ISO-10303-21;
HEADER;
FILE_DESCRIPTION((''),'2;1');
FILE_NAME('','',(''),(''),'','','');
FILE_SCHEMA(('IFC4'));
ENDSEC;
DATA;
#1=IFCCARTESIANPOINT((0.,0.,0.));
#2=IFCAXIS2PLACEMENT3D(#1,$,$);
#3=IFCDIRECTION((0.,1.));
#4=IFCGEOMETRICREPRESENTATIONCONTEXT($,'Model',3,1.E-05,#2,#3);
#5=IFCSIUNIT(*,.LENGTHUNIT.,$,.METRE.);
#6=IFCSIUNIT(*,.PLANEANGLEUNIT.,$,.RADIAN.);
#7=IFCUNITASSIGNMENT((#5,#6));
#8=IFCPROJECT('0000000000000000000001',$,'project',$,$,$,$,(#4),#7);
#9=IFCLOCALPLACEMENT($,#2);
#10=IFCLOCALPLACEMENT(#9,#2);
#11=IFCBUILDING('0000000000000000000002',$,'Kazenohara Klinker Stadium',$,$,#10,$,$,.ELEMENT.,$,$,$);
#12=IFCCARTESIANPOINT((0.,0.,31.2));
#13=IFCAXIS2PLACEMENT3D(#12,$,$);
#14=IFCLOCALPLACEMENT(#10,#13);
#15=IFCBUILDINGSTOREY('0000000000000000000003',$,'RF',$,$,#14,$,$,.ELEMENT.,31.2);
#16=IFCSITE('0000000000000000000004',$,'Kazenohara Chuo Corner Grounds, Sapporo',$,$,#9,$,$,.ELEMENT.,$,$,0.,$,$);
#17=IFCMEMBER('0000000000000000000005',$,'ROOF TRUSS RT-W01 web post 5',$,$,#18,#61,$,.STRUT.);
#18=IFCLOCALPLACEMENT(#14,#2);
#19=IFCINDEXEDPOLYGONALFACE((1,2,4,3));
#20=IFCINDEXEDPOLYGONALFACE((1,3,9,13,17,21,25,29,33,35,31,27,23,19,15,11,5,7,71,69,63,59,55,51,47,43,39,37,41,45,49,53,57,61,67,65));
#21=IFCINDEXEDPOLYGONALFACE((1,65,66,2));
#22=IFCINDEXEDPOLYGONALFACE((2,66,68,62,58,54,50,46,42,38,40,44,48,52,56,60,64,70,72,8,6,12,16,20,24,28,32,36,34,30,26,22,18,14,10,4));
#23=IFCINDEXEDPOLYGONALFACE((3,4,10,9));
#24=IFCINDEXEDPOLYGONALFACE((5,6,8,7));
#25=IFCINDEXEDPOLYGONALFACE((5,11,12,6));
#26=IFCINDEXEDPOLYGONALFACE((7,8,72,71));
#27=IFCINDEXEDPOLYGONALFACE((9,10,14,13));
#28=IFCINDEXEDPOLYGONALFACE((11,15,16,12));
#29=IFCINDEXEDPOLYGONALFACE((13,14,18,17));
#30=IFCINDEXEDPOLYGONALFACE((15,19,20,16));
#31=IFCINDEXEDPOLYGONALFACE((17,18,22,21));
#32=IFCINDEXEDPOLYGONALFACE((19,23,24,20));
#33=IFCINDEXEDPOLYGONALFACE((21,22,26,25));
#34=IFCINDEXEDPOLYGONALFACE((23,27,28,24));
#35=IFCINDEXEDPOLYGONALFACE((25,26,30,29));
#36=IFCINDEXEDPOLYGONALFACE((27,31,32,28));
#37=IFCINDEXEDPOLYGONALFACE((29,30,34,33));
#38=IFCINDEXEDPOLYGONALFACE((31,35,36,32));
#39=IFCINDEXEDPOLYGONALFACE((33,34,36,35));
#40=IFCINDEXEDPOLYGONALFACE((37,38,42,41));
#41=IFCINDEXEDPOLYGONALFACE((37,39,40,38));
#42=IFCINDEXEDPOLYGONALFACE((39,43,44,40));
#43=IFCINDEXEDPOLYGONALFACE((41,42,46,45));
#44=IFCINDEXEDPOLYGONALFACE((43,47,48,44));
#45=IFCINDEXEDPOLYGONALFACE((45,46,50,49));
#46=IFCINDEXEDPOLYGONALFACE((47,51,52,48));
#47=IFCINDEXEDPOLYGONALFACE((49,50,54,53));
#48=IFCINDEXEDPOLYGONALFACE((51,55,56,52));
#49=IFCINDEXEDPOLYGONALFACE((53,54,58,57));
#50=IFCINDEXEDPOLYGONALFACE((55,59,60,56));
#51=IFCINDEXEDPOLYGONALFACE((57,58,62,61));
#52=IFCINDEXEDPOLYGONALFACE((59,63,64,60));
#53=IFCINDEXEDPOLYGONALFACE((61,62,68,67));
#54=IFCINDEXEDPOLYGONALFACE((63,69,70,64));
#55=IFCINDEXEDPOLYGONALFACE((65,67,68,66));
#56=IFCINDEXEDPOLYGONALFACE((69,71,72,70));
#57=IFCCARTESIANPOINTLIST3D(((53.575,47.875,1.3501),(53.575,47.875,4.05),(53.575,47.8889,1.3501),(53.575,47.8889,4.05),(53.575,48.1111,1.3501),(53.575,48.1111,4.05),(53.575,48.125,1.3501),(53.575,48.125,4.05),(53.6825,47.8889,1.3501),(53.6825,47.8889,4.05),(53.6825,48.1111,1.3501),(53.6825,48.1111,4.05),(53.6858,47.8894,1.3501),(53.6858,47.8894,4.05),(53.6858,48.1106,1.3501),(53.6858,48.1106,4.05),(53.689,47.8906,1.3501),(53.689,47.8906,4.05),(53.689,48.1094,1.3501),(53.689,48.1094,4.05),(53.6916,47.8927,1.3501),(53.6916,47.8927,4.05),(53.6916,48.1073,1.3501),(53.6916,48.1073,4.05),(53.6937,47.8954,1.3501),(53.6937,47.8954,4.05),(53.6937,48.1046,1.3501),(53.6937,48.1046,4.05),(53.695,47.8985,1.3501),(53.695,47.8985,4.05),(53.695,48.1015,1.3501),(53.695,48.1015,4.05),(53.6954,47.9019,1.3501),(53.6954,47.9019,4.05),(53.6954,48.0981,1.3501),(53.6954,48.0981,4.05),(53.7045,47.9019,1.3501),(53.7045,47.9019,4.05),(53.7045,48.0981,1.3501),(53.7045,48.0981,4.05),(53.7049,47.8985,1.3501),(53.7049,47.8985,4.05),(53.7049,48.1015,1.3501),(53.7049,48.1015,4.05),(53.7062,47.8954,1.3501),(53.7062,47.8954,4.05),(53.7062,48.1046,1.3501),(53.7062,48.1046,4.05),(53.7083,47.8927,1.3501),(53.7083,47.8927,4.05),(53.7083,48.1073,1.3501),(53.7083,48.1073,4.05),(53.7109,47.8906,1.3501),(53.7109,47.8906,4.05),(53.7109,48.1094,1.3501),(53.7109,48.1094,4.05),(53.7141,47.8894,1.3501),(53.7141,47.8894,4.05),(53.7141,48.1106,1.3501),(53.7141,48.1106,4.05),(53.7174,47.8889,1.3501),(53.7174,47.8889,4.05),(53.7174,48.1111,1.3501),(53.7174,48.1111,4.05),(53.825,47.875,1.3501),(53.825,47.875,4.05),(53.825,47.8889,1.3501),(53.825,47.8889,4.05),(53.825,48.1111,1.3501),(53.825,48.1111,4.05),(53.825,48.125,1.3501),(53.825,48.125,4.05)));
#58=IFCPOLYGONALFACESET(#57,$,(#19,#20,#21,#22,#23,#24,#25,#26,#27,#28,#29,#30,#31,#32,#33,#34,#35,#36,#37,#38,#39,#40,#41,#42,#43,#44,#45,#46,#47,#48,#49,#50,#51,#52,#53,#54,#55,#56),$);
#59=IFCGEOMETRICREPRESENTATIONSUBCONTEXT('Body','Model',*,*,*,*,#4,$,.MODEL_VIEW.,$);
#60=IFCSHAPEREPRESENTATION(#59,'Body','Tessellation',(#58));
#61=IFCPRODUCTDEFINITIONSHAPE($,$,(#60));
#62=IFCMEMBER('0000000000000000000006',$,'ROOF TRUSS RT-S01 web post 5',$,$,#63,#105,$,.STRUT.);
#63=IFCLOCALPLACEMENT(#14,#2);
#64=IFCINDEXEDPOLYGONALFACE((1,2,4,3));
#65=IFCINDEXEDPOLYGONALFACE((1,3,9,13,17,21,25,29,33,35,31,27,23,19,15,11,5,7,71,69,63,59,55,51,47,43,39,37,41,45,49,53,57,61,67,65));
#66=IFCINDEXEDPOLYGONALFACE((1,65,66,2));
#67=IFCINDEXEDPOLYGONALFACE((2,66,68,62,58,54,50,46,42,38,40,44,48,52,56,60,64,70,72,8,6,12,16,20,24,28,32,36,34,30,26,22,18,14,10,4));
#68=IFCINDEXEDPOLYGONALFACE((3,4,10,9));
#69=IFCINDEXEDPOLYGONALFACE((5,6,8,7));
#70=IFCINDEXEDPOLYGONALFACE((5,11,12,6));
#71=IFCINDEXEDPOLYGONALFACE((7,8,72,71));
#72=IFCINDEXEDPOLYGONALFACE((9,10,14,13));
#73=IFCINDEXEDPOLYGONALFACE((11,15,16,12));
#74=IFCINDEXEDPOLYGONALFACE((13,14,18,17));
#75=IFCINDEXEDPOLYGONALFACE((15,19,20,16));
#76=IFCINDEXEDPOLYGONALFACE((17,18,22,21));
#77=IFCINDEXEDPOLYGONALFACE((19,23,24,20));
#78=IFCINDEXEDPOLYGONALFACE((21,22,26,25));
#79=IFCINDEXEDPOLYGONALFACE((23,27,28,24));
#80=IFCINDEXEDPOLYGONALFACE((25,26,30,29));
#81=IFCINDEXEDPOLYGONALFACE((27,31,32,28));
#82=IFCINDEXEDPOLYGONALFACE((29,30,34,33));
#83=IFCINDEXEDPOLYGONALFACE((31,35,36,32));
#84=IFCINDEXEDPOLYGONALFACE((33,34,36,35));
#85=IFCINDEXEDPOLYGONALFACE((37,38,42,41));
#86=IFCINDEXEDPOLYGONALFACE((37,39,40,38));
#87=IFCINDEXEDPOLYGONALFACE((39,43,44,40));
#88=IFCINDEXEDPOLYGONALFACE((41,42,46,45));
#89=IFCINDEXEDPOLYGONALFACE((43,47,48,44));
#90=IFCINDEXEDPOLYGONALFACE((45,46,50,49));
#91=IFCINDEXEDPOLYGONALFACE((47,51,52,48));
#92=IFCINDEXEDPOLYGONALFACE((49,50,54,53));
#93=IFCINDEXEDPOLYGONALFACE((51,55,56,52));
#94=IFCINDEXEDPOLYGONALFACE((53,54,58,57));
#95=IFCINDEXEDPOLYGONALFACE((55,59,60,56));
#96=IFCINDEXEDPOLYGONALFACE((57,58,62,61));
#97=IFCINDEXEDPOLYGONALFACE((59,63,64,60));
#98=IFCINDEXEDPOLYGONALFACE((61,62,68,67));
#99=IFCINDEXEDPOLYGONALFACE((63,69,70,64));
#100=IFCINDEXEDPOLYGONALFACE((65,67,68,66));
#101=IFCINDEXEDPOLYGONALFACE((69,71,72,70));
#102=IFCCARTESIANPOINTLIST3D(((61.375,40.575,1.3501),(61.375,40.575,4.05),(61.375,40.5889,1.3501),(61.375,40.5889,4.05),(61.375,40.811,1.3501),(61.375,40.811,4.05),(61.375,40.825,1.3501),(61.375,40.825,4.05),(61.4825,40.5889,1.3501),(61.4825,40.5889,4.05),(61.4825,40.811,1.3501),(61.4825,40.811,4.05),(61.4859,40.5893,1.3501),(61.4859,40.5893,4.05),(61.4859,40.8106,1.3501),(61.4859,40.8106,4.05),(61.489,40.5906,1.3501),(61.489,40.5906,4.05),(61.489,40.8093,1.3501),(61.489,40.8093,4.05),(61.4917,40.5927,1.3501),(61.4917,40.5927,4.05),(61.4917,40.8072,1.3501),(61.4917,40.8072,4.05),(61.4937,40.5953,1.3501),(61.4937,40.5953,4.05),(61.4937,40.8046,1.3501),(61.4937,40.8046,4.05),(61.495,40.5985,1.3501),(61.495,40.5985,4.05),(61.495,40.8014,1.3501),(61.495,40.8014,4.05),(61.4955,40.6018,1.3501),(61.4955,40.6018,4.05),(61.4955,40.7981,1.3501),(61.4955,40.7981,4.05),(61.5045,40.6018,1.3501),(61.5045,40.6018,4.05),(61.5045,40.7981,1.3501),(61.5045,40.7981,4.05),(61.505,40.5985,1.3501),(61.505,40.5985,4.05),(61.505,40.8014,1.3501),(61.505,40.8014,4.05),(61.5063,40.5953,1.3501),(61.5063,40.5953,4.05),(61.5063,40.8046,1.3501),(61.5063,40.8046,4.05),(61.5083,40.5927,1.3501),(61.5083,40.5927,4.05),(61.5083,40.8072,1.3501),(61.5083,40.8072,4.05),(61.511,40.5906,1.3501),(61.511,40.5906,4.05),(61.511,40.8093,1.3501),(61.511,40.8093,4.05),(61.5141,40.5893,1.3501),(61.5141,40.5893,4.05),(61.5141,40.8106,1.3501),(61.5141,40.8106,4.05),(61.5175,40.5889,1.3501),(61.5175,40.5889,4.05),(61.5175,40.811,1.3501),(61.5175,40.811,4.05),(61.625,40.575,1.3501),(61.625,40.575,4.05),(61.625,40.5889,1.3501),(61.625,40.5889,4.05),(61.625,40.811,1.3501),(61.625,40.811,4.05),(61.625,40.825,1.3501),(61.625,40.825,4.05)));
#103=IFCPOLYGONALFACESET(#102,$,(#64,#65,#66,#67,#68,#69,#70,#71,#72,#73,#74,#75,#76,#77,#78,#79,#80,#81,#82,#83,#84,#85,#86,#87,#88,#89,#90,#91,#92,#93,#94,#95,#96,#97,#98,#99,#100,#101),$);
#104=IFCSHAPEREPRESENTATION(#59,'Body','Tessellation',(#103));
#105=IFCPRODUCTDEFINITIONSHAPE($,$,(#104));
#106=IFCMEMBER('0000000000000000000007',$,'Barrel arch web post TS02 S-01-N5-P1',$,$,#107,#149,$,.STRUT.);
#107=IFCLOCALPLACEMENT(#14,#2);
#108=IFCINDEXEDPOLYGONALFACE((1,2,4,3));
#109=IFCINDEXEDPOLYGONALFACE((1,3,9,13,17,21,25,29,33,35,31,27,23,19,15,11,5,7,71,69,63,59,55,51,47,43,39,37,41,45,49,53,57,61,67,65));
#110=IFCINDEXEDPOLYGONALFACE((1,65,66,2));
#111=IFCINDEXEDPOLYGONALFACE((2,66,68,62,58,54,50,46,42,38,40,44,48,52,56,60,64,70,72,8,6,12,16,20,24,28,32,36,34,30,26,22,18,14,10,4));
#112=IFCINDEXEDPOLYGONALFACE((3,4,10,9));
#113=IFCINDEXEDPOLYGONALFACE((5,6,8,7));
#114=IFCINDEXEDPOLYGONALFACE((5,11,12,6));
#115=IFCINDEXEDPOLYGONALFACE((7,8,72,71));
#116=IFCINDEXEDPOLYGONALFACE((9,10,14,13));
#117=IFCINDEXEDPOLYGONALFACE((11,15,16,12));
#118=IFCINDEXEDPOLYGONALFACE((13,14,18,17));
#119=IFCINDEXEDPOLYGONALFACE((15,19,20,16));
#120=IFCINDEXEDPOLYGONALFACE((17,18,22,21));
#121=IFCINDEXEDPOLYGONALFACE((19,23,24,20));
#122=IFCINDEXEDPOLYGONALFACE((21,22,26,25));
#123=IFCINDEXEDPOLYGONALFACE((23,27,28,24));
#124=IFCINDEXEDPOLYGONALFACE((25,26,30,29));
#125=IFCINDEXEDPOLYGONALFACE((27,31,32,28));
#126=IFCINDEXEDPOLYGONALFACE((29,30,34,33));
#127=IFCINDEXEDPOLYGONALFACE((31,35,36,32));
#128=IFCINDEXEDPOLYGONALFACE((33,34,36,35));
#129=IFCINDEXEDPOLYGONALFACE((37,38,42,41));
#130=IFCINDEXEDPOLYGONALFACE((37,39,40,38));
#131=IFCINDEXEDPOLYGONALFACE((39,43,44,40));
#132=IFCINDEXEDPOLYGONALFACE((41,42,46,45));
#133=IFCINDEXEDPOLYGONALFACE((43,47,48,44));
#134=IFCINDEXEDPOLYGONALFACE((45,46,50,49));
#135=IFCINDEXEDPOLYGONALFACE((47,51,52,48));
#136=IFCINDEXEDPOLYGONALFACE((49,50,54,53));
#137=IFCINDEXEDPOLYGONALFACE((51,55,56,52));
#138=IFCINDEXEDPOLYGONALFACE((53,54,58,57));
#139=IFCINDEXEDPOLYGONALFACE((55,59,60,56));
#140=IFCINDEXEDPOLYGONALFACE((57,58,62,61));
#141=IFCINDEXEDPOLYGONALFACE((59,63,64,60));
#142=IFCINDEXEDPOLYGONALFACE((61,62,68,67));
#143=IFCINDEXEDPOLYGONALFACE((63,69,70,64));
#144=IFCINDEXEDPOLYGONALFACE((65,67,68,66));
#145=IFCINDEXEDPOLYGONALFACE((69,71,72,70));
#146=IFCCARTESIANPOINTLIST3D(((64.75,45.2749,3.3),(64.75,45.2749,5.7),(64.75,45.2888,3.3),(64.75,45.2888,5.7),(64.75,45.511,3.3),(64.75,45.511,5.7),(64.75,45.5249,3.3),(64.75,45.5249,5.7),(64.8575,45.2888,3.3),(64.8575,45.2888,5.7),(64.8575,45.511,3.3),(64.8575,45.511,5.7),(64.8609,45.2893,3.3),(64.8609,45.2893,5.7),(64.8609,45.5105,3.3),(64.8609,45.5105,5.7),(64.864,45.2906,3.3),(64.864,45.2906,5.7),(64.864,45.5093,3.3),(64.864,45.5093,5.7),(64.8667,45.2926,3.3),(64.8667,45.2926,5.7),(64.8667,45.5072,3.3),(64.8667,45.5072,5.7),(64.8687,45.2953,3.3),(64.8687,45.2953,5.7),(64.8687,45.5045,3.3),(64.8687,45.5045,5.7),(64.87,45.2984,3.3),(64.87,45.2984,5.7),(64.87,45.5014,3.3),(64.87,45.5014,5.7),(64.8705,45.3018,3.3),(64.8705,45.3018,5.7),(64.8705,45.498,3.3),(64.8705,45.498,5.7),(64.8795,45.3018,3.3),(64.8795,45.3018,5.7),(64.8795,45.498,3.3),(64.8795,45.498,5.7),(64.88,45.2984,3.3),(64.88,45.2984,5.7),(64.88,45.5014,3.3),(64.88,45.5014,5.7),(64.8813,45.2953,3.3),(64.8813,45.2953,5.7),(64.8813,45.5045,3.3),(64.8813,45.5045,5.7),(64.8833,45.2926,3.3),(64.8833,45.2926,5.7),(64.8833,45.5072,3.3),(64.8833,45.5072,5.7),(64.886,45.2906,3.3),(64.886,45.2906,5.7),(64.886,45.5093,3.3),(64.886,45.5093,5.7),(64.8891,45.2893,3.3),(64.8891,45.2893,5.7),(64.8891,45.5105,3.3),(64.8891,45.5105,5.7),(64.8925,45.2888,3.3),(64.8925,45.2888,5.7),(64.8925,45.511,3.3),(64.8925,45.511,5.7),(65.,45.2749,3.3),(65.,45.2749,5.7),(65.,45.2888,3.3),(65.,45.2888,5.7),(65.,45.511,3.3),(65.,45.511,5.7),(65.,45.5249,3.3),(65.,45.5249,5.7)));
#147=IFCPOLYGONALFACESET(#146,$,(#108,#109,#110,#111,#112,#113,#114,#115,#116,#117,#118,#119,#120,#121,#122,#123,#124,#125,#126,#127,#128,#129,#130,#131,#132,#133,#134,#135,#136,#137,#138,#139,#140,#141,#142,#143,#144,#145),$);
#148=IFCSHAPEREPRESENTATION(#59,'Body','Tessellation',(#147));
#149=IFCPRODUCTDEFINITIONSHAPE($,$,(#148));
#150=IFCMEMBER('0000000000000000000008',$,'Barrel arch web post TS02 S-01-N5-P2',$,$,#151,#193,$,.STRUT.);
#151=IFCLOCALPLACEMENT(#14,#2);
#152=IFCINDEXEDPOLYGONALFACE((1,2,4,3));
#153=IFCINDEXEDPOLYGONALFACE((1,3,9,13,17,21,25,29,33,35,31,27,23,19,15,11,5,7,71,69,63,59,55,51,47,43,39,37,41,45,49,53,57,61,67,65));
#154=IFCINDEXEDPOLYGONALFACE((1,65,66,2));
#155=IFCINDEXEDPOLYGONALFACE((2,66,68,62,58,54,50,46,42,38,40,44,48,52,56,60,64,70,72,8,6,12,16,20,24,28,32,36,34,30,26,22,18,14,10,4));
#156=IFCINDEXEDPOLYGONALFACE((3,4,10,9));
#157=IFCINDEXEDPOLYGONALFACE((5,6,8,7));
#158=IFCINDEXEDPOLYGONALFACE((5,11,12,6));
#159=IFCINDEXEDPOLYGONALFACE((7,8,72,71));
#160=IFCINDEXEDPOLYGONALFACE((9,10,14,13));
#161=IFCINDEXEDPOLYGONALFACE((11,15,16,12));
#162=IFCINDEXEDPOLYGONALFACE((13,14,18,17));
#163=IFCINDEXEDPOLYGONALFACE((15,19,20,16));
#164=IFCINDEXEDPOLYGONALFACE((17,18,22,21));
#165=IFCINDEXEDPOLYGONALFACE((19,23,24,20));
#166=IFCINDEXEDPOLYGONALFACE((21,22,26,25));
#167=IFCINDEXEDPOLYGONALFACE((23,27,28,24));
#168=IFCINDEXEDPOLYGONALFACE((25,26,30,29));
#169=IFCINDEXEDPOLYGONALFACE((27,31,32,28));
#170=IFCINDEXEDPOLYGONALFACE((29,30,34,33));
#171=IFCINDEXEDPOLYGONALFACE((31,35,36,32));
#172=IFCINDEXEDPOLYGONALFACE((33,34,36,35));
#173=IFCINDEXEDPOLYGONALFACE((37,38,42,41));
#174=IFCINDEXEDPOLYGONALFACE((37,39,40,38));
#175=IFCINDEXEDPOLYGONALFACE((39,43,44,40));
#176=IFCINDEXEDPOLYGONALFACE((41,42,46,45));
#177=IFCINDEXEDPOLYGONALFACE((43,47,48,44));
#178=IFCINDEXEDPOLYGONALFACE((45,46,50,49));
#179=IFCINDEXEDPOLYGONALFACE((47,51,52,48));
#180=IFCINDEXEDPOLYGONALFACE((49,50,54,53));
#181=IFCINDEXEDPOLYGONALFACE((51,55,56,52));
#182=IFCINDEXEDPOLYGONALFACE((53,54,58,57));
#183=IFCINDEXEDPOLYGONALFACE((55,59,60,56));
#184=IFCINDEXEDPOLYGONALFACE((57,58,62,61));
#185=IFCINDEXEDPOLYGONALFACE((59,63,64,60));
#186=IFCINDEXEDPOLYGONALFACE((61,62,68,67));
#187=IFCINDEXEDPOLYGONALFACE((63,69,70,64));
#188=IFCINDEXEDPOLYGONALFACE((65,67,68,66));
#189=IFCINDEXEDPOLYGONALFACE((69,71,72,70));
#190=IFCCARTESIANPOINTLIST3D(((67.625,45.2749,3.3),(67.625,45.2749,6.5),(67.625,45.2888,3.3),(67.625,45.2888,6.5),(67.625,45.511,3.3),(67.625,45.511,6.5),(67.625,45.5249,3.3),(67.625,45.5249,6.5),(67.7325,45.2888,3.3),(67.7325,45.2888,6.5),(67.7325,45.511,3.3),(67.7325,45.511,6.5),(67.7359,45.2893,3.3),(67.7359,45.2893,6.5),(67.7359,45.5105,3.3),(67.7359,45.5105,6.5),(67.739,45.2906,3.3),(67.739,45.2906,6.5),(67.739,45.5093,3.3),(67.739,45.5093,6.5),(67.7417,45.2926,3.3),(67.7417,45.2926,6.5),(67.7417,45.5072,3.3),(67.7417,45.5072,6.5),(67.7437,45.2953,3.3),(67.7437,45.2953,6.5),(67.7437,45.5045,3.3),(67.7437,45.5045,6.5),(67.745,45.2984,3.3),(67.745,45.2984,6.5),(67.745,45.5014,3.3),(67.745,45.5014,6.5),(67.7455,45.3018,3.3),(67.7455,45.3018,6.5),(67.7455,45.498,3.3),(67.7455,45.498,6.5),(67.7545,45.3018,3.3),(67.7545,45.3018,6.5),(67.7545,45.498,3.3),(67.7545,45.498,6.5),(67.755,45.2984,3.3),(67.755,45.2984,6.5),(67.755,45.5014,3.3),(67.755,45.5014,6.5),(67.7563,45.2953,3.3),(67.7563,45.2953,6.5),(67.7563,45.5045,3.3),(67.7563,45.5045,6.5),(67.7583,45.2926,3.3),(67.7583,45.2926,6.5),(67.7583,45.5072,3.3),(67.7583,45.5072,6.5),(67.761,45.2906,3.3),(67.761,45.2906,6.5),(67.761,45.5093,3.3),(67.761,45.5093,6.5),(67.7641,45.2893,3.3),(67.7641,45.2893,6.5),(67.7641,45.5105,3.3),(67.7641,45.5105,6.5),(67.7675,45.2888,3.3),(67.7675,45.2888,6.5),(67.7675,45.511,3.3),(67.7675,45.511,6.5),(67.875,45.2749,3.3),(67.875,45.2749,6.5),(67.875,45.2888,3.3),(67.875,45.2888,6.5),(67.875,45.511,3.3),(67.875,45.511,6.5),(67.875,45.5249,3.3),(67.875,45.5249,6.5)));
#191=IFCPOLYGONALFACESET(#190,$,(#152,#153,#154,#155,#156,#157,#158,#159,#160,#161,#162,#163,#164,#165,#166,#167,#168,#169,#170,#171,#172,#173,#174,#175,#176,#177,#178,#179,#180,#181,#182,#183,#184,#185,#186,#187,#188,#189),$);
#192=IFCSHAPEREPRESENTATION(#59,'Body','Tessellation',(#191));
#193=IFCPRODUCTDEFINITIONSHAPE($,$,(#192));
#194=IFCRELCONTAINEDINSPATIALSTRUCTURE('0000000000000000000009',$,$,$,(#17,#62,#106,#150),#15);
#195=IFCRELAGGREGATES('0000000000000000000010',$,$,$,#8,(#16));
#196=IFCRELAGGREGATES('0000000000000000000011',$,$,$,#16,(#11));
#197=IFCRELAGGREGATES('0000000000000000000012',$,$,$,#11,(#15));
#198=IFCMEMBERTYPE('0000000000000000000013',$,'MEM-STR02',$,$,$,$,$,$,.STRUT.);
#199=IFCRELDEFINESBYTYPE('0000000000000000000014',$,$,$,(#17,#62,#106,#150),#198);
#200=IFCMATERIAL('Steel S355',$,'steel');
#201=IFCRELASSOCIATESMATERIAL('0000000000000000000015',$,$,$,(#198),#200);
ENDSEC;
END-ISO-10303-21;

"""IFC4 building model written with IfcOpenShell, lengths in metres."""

from ifc_helpers import new_model, si_unit, direction, frame, origin, origin_2d, place, context, subcontext, project, spatial, i_section, extrude, material, material_profile, profile_set, type_object, element, save


model = new_model("IFC4")

# Units and contexts
model_context = context("Model", 3, precision=1e-05, world=origin(), true_north=direction((0.0, 1.0)))
body_context = subcontext(model_context, "Body", "Model", "MODEL_VIEW")
ifc_project = project(units=[si_unit("LENGTHUNIT", "METRE"), si_unit("PLANEANGLEUNIT", "RADIAN")], contexts=[model_context])

# Site, building, storey
site_placement = place(None, origin())
site = spatial("IfcSite", under=ifc_project, at=site_placement, Name="Kazenohara Chuo Corner Grounds, Sapporo", CompositionType="ELEMENT", RefElevation=0.0)
building_placement = place(site_placement, origin())
building = spatial("IfcBuilding", under=site, at=building_placement, Name="Kazenohara Klinker Stadium", CompositionType="ELEMENT")
storey_placement = place(building_placement, frame((0.0, 0.0, 31.2)))
storey = spatial("IfcBuildingStorey", under=building, at=storey_placement, Name="RF", CompositionType="ELEMENT", Elevation=31.2)

# Members
ifc_material = material(Name="Steel S355", Category="steel")
ifc_material_profile_1 = material_profile(ifc_material, i_section(OverallWidth=0.25, OverallDepth=0.25, WebThickness=0.009, FlangeThickness=0.0139, FilletRadius=0.0129, at=origin_2d()), Name="H-250x250x9x14")
ifc_profile_set_1 = profile_set([ifc_material_profile_1], Name="Steel S355")
member_type_1 = type_object("IfcMemberType", Name="MEM-STR02", PredefinedType="STRUT", material=ifc_profile_set_1)
for number, where, z_axis, x_axis, name in (
    (1, (53.7, 48.0, 1.3501), (0.0, 0.0, 1.0), (1.0, 0.0, 0.0), "ROOF TRUSS RT-W01 web post 5"),
    (2, (61.5, 40.7, 1.3501), (0.0, 0.0, 1.0), (1.0, 0.0, 0.0), "ROOF TRUSS RT-S01 web post 5"),
):
    element("IfcMember", number, at=place(storey_placement, frame(where, z_axis=z_axis, x_axis=x_axis)), inside=storey, type_object=member_type_1, Name=name, PredefinedType="STRUT", context=body_context, shape_type="SweptSolid", body=[
        extrude(i_section(OverallWidth=0.25, OverallDepth=0.25, WebThickness=0.009, FlangeThickness=0.0139, FilletRadius=0.0129, at=origin_2d()), origin(), (0.0, 0.0, 1.0), 2.7),
    ])
member_1_placement = place(storey_placement, frame((64.875, 45.3999, 3.3), z_axis=(0.0, 0.0, 1.0), x_axis=(1.0, 0.0, 0.0)))
element("IfcMember", 3, at=member_1_placement, inside=storey, type_object=member_type_1, Name="Barrel arch web post TS02 S-01-N5-P1", PredefinedType="STRUT", context=body_context, shape_type="SweptSolid", body=[
    extrude(i_section(OverallWidth=0.25, OverallDepth=0.25, WebThickness=0.009, FlangeThickness=0.0139, FilletRadius=0.0129, at=origin_2d()), origin(), (0.0, 0.0, 1.0), 2.3999),
])
member_2_placement = place(storey_placement, frame((67.75, 45.3999, 3.3), z_axis=(0.0, 0.0, 1.0), x_axis=(1.0, 0.0, 0.0)))
element("IfcMember", 4, at=member_2_placement, inside=storey, type_object=member_type_1, Name="Barrel arch web post TS02 S-01-N5-P2", PredefinedType="STRUT", context=body_context, shape_type="SweptSolid", body=[
    extrude(i_section(OverallWidth=0.25, OverallDepth=0.25, WebThickness=0.009, FlangeThickness=0.0139, FilletRadius=0.0129, at=origin_2d()), origin(), (0.0, 0.0, 1.0), 3.2),
])

save(model, "model.ifc")
